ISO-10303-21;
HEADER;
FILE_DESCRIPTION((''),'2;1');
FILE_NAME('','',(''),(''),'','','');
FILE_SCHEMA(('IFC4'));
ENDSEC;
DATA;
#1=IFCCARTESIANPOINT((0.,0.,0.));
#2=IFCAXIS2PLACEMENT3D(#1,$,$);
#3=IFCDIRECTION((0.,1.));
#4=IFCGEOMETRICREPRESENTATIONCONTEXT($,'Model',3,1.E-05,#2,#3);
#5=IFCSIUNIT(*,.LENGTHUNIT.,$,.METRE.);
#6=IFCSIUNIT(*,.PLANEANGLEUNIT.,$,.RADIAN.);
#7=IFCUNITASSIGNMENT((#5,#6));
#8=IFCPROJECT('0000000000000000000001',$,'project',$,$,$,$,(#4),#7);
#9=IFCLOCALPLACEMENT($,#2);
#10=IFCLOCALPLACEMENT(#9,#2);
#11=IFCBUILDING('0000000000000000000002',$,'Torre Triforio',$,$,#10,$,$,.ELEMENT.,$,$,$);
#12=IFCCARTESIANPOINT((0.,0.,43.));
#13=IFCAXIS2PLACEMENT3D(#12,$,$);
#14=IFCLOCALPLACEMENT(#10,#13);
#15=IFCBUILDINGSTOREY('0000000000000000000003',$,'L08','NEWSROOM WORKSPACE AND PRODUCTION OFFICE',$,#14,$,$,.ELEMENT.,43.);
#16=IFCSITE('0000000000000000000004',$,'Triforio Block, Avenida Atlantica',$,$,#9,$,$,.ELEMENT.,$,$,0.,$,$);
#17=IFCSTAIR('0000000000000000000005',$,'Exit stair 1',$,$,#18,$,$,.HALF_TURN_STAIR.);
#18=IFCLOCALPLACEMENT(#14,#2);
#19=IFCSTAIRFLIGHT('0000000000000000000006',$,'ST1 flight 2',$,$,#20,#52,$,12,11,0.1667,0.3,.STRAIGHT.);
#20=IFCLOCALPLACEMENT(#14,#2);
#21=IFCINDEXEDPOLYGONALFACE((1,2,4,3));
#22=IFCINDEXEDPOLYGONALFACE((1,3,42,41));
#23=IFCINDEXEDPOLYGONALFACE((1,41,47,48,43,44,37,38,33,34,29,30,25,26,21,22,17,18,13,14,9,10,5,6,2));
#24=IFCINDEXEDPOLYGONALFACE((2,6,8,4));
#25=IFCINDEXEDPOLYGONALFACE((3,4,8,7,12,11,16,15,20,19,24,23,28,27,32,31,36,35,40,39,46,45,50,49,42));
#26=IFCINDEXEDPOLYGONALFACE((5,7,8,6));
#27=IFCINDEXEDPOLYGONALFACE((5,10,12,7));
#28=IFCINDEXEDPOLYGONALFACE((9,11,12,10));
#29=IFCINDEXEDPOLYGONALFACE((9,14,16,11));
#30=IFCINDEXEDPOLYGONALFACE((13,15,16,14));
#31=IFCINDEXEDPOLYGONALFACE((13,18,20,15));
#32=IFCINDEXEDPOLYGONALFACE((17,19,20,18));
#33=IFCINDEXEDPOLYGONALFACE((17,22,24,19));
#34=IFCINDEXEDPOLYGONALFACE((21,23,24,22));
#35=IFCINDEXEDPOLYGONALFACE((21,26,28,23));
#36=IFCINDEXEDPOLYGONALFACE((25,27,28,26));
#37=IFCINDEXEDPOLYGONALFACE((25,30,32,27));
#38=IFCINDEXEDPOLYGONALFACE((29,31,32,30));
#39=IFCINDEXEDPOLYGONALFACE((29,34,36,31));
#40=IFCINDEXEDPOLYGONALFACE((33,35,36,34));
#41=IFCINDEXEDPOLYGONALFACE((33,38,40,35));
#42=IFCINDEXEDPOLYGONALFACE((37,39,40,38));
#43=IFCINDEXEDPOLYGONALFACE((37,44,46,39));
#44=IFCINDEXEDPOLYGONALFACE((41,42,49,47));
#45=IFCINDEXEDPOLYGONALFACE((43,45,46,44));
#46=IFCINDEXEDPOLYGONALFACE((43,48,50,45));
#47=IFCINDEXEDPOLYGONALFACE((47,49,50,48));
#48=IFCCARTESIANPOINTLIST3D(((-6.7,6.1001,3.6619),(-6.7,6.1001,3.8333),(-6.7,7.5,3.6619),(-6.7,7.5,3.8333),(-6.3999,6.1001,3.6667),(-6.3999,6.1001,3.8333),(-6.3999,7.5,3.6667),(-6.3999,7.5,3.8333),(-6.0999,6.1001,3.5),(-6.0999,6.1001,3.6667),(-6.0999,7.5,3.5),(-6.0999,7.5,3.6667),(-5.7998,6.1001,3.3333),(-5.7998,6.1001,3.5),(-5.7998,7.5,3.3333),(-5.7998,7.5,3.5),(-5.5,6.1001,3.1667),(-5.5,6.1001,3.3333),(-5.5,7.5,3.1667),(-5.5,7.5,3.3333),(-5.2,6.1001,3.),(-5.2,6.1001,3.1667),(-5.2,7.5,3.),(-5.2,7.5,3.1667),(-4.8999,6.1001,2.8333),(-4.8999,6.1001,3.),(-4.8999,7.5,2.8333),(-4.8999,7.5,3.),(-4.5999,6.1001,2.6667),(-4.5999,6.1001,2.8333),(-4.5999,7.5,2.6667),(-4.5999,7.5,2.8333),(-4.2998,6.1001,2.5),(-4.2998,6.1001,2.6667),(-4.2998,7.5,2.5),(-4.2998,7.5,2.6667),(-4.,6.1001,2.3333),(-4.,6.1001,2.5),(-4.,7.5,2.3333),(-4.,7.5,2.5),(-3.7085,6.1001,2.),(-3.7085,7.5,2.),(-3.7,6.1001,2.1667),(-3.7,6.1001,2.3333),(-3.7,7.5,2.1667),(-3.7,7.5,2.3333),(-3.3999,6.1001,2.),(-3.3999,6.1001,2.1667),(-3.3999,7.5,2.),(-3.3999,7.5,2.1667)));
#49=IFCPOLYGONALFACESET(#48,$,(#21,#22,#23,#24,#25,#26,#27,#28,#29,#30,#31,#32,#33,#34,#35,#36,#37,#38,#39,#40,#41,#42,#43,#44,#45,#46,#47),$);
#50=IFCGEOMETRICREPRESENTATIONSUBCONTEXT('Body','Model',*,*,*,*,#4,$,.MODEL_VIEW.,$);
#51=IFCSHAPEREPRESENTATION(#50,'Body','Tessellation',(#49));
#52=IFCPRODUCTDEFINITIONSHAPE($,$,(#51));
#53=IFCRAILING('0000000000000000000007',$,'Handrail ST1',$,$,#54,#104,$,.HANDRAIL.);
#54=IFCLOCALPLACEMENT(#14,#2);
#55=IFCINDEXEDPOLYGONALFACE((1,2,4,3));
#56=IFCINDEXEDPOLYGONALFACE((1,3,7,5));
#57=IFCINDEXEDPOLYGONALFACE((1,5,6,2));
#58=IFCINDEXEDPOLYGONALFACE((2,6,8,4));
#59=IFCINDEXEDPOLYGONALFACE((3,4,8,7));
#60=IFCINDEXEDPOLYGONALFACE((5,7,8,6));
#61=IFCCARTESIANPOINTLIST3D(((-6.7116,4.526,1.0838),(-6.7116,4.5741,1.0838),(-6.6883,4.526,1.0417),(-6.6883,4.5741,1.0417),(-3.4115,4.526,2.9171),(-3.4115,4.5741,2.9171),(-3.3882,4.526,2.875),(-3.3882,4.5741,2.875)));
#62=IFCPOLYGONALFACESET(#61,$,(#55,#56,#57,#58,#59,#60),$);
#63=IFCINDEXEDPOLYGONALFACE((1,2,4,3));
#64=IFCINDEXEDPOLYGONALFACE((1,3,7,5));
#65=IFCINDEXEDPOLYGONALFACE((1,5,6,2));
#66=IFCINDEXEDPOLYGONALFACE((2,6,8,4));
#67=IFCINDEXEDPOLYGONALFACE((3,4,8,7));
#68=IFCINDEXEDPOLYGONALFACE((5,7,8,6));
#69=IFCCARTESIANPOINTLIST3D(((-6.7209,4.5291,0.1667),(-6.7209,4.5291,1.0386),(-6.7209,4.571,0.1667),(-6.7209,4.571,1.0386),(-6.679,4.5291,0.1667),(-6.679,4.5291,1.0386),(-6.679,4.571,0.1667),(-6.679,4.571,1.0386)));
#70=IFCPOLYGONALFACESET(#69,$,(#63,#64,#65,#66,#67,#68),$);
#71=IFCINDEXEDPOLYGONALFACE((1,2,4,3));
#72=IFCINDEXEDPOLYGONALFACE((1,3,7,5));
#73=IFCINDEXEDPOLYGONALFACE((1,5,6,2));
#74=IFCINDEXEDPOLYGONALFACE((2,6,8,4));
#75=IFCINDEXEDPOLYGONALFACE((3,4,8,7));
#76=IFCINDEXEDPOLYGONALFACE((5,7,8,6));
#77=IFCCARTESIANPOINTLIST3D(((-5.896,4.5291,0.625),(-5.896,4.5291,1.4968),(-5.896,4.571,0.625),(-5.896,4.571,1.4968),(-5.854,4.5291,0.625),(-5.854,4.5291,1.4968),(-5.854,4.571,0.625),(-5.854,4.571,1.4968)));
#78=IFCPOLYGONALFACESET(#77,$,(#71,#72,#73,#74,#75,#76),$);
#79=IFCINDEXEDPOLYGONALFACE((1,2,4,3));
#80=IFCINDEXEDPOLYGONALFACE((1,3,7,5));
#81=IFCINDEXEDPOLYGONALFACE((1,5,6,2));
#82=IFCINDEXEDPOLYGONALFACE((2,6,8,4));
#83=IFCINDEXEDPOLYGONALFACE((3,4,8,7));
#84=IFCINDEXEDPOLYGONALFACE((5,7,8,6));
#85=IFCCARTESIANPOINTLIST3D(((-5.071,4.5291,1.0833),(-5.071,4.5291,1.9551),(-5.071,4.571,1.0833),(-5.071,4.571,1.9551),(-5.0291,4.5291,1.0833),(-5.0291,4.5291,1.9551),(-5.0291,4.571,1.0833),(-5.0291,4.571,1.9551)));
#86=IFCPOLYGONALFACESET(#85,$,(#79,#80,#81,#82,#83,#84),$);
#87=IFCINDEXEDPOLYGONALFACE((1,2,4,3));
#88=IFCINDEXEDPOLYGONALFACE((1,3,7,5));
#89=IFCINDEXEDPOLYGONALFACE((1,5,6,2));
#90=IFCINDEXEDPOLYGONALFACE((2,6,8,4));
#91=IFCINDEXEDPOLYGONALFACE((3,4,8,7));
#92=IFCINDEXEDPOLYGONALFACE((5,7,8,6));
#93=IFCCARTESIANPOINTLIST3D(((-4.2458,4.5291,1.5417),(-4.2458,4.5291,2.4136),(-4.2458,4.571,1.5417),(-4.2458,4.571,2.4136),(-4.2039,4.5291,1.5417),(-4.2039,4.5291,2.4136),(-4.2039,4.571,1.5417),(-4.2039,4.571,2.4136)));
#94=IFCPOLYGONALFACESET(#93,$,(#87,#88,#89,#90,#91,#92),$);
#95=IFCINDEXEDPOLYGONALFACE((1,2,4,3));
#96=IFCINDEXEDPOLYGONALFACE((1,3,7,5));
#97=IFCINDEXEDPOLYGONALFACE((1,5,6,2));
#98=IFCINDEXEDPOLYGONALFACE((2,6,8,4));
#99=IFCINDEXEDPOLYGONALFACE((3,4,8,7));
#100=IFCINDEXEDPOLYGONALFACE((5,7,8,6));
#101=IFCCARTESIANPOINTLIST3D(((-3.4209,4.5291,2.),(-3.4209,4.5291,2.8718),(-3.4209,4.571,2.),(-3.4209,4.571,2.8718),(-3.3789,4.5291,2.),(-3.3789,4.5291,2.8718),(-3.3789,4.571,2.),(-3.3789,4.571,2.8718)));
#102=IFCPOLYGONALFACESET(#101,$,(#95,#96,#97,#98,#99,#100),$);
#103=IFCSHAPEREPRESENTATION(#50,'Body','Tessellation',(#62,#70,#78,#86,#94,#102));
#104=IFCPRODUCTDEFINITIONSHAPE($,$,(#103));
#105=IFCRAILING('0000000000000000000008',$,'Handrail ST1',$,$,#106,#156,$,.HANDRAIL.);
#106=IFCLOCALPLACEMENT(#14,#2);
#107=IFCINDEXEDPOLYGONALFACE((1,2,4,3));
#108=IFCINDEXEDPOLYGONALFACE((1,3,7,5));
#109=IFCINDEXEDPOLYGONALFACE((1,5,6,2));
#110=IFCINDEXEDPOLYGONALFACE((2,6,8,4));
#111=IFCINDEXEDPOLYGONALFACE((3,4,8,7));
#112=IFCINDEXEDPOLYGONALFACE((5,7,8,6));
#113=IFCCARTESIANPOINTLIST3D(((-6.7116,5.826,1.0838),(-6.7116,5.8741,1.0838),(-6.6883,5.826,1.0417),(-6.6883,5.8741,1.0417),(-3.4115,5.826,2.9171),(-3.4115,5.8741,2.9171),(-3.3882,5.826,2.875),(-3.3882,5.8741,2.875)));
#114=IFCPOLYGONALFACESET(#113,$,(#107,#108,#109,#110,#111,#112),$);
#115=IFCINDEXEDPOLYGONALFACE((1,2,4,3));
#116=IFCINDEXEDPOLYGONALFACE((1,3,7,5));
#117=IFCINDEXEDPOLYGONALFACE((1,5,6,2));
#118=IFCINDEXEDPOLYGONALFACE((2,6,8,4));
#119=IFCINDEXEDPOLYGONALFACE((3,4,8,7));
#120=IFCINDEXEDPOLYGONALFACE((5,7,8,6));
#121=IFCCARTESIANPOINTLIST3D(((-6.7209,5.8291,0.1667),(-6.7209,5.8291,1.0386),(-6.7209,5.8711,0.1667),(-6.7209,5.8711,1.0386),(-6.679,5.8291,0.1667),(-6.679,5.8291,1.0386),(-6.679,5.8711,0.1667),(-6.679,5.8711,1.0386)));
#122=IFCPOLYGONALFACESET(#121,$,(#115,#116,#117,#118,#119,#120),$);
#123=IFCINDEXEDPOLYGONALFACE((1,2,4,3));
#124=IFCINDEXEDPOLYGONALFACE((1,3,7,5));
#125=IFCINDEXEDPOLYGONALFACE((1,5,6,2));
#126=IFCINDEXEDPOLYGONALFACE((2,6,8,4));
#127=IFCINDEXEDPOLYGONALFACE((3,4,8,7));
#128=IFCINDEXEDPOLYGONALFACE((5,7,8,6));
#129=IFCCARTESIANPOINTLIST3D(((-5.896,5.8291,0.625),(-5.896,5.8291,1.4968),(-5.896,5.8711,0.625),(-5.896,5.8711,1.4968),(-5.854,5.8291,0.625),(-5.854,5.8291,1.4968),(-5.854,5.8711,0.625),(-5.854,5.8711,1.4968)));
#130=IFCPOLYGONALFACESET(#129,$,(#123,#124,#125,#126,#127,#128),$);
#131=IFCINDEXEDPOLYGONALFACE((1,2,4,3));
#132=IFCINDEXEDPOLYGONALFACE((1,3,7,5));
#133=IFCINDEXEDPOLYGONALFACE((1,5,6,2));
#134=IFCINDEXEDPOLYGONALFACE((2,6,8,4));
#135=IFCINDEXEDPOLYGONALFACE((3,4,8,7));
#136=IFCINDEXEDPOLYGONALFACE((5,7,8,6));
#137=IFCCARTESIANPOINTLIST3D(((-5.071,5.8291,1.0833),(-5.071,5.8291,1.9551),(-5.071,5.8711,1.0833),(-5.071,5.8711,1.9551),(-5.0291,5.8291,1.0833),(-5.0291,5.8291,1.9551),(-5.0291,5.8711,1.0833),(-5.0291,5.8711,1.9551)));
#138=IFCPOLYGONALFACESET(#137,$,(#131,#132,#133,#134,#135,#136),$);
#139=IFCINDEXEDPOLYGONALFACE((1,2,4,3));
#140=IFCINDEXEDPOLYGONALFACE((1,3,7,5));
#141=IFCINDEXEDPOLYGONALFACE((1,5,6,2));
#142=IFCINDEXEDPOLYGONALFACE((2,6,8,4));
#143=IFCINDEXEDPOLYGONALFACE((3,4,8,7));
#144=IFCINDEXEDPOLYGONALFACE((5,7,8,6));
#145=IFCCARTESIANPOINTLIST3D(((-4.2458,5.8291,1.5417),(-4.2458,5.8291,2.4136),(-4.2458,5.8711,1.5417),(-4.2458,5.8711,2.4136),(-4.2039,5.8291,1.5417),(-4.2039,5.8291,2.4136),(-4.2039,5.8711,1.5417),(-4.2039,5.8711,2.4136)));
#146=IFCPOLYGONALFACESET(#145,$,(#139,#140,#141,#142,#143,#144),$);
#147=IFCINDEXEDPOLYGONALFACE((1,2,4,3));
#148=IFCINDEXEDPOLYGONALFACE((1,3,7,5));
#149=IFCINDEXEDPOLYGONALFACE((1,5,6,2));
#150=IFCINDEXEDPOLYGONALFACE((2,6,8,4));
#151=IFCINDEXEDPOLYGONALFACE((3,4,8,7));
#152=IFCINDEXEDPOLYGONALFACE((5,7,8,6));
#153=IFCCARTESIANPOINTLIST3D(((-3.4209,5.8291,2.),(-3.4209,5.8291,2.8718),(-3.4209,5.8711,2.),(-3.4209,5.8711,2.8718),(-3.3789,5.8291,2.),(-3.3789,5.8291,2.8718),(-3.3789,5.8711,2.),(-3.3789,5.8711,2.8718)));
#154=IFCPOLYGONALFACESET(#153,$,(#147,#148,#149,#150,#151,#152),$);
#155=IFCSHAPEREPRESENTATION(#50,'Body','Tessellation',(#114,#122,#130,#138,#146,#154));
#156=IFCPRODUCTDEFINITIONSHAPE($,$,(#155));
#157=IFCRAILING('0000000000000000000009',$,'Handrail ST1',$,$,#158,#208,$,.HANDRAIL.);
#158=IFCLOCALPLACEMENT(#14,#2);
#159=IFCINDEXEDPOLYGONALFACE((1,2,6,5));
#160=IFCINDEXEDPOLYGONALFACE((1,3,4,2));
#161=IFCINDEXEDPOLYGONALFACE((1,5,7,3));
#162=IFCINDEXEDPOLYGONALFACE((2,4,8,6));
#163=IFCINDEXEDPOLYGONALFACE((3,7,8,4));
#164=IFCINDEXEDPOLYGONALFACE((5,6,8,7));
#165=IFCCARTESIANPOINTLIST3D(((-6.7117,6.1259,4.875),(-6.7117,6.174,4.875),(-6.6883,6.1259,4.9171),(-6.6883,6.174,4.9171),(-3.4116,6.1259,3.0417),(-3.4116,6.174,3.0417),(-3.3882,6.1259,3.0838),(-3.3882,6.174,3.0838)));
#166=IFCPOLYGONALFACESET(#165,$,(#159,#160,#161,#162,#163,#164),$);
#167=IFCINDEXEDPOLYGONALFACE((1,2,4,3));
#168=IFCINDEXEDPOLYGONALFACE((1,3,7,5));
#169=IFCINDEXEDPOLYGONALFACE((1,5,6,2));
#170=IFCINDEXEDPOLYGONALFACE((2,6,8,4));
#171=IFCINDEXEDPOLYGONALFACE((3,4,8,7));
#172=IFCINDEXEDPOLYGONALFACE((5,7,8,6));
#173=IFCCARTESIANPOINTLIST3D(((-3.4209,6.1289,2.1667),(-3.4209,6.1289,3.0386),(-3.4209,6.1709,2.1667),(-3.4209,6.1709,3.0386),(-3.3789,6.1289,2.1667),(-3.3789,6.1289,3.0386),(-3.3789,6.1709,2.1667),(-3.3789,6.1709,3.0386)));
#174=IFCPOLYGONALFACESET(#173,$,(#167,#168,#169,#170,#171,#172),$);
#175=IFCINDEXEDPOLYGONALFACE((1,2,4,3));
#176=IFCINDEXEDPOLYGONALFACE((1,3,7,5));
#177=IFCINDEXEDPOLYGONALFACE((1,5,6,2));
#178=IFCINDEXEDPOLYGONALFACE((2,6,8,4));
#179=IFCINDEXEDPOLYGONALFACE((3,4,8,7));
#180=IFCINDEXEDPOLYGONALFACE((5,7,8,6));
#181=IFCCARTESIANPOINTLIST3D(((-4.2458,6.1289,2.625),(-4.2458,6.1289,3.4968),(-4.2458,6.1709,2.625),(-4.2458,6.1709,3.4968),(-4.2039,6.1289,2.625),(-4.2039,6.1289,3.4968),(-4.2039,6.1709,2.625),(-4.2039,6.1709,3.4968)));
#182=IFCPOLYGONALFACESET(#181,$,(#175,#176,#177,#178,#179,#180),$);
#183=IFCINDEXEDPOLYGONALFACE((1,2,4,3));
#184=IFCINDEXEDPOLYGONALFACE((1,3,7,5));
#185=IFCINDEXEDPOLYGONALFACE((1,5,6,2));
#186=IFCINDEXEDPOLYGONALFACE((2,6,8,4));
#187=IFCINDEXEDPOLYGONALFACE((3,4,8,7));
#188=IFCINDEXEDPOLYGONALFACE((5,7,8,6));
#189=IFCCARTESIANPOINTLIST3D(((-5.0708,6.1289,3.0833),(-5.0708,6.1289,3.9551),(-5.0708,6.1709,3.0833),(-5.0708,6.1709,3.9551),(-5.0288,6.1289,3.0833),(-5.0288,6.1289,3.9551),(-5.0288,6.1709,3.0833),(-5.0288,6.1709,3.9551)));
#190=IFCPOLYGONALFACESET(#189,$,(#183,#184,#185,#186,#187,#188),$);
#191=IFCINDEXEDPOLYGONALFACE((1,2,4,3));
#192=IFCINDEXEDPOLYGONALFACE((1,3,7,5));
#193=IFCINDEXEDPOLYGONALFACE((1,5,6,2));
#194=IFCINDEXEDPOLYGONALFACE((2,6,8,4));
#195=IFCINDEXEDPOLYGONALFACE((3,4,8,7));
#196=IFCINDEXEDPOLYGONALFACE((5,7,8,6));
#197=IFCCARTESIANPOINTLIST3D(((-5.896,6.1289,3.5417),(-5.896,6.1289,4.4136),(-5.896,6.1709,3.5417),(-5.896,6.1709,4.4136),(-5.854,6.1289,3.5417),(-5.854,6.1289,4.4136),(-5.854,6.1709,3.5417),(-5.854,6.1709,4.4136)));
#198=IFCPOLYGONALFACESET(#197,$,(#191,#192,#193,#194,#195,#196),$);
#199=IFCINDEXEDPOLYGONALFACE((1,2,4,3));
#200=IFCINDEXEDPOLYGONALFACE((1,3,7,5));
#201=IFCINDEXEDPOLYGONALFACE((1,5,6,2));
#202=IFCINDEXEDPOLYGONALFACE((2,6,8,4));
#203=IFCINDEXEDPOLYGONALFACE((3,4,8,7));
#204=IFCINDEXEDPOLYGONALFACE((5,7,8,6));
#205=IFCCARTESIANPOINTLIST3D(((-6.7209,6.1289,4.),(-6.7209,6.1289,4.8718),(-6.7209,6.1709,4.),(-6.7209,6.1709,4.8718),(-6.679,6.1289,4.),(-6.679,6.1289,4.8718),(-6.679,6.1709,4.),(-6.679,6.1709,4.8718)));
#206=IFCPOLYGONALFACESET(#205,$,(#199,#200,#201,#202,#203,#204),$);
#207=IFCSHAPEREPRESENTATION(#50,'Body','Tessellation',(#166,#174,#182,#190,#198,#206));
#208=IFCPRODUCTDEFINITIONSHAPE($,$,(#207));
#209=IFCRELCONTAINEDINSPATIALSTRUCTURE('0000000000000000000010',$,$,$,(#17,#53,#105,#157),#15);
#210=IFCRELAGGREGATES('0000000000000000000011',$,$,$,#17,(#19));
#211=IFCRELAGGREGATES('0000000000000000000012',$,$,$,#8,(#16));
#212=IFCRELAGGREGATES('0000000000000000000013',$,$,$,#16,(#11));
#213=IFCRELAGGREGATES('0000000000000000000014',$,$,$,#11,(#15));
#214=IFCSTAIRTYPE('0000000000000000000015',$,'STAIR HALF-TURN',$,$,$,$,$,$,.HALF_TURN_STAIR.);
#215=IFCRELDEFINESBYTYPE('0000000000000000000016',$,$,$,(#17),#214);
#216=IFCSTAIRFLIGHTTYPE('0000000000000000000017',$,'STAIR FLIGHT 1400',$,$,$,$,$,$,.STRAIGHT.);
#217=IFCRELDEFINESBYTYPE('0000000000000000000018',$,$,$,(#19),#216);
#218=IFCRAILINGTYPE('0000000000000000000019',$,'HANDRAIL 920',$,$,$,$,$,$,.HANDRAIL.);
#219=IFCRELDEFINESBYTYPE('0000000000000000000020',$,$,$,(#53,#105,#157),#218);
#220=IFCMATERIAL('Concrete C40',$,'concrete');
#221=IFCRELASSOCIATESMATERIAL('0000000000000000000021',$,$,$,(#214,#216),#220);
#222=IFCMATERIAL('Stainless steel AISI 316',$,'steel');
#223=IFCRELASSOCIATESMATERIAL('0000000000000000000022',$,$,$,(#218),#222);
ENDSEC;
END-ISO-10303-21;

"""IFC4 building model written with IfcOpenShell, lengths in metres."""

from ifc_helpers import new_model, si_unit, direction, frame, origin, origin_2d, place, context, subcontext, project, spatial, polyline, rectangle, outline, extrude, material, type_object, element, aggregate, save


model = new_model("IFC4")

# Units and contexts
model_context = context("Model", 3, precision=1e-05, world=origin(), true_north=direction((0.0, 1.0)))
body_context = subcontext(model_context, "Body", "Model", "MODEL_VIEW")
ifc_project = project(units=[si_unit("LENGTHUNIT", "METRE"), si_unit("PLANEANGLEUNIT", "RADIAN")], contexts=[model_context])

# Site, building, storey
site_placement = place(None, origin())
site = spatial("IfcSite", under=ifc_project, at=site_placement, Name="Triforio Block, Avenida Atlantica", CompositionType="ELEMENT", RefElevation=0.0)
building_placement = place(site_placement, origin())
building = spatial("IfcBuilding", under=site, at=building_placement, Name="Torre Triforio", CompositionType="ELEMENT")
storey_placement = place(building_placement, frame((0.0, 0.0, 43.0)))
storey = spatial("IfcBuildingStorey", under=building, at=storey_placement, Name="L08", Description="NEWSROOM WORKSPACE AND PRODUCTION OFFICE", CompositionType="ELEMENT", Elevation=43.0)

# Stair, stair flight
ifc_material_1 = material(Name="Concrete C40", Category="concrete")
stair_type = type_object("IfcStairType", Name="STAIR HALF-TURN", PredefinedType="HALF_TURN_STAIR", material=ifc_material_1)
stair_placement = place(storey_placement, origin())
stair = element("IfcStair", 1, at=stair_placement, inside=storey, type_object=stair_type, Name="Exit stair 1", PredefinedType="HALF_TURN_STAIR")
stair_flight_type = type_object("IfcStairFlightType", Name="STAIR FLIGHT 1400", PredefinedType="STRAIGHT", material=ifc_material_1)
stair_flight_1_placement = place(storey_placement, frame((-3.3999, 6.8, 2.0), z_axis=(0.0, 0.0, 1.0), x_axis=(-1.0, 0.0, 0.0)))
stair_flight_1 = element("IfcStairFlight", 2, at=stair_flight_1_placement, type_object=stair_flight_type, Name="ST1 flight 2", NumberOfRisers=12, NumberOfTreads=11, PredefinedType="STRAIGHT", RiserHeight=0.1667, TreadLength=0.3, context=body_context, shape_type="SweptSolid", body=[
    extrude(outline(polyline([(0.0, 0.0), (0.0, 0.1667), (0.3, 0.1667), (0.3, 0.3333), (0.6001, 0.3333), (0.6001, 0.5), (0.8999, 0.5), (0.8999, 0.6667), (1.2, 0.6667), (1.2, 0.8333), (1.5, 0.8333), (1.5, 1.0), (1.8, 1.0), (1.8, 1.1667), (2.1001, 1.1667), (2.1001, 1.3333), (2.3999, 1.3333), (2.3999, 1.5), (2.7, 1.5), (2.7, 1.6667), (3.0, 1.6667), (3.0, 1.8333), (3.3, 1.8333), (3.3, 2.0), (3.3, 1.6619), (0.3086, 0.0), (0.0, 0.0)])), frame((0.0, 0.7, 0.0), z_axis=(0.0, -1.0, 0.0), x_axis=(1.0, 0.0, 0.0)), (0.0, 0.0, 1.0), 1.3999),
])
aggregate(stair, [stair_flight_1])

# Railings
ifc_material_2 = material(Name="Stainless steel AISI 316", Category="steel")
railing_type = type_object("IfcRailingType", Name="HANDRAIL 920", PredefinedType="HANDRAIL", material=ifc_material_2)
for number, where, name in (
    (3, (-6.7, 4.55, 0.1667), "Handrail ST1"),
    (4, (-6.7, 5.8501, 0.1667), "Handrail ST1"),
):
    element("IfcRailing", number, at=place(storey_placement, frame(where)), inside=storey, type_object=railing_type, Name=name, PredefinedType="HANDRAIL", context=body_context, shape_type="SweptSolid", body=[
        extrude(rectangle(XDim=0.0481, YDim=0.0481, at=origin_2d()), frame((0.0, 0.0, 0.896), z_axis=(0.874169, 0.0, 0.485621), x_axis=(0.0, 1.0, 0.0)), (0.0, 0.0, 1.0), 3.7751),
        extrude(rectangle(XDim=0.042, YDim=0.042, at=origin_2d()), origin(), (0.0, 0.0, 1.0), 0.8718),
        extrude(rectangle(XDim=0.042, YDim=0.042, at=origin_2d()), frame((0.825, 0.0, 0.4583)), (0.0, 0.0, 1.0), 0.8718),
        extrude(rectangle(XDim=0.042, YDim=0.042, at=origin_2d()), frame((1.6499, 0.0, 0.9165)), (0.0, 0.0, 1.0), 0.8718),
        extrude(rectangle(XDim=0.042, YDim=0.042, at=origin_2d()), frame((2.4751, 0.0, 1.375)), (0.0, 0.0, 1.0), 0.8718),
        extrude(rectangle(XDim=0.042, YDim=0.042, at=origin_2d()), frame((3.3, 0.0, 1.8333)), (0.0, 0.0, 1.0), 0.8718),
    ])
railing_placement = place(storey_placement, frame((-3.3999, 6.1499, 2.1667)))
element("IfcRailing", 5, at=railing_placement, inside=storey, type_object=railing_type, Name="Handrail ST1", PredefinedType="HANDRAIL", context=body_context, shape_type="SweptSolid", body=[
    extrude(rectangle(XDim=0.0481, YDim=0.0481, at=origin_2d()), frame((0.0, 0.0, 0.896), z_axis=(-0.874169, 0.0, 0.485621), x_axis=(0.0, -1.0, 0.0)), (0.0, 0.0, 1.0), 3.7751),
    extrude(rectangle(XDim=0.042, YDim=0.042, at=origin_2d()), origin(), (0.0, 0.0, 1.0), 0.8718),
    extrude(rectangle(XDim=0.042, YDim=0.042, at=origin_2d()), frame((-0.825, 0.0, 0.4583)), (0.0, 0.0, 1.0), 0.8718),
    extrude(rectangle(XDim=0.042, YDim=0.042, at=origin_2d()), frame((-1.6499, 0.0, 0.9165)), (0.0, 0.0, 1.0), 0.8718),
    extrude(rectangle(XDim=0.042, YDim=0.042, at=origin_2d()), frame((-2.4751, 0.0, 1.375)), (0.0, 0.0, 1.0), 0.8718),
    extrude(rectangle(XDim=0.042, YDim=0.042, at=origin_2d()), frame((-3.3, 0.0, 1.8333)), (0.0, 0.0, 1.0), 0.8718),
])

save(model, "model.ifc")
